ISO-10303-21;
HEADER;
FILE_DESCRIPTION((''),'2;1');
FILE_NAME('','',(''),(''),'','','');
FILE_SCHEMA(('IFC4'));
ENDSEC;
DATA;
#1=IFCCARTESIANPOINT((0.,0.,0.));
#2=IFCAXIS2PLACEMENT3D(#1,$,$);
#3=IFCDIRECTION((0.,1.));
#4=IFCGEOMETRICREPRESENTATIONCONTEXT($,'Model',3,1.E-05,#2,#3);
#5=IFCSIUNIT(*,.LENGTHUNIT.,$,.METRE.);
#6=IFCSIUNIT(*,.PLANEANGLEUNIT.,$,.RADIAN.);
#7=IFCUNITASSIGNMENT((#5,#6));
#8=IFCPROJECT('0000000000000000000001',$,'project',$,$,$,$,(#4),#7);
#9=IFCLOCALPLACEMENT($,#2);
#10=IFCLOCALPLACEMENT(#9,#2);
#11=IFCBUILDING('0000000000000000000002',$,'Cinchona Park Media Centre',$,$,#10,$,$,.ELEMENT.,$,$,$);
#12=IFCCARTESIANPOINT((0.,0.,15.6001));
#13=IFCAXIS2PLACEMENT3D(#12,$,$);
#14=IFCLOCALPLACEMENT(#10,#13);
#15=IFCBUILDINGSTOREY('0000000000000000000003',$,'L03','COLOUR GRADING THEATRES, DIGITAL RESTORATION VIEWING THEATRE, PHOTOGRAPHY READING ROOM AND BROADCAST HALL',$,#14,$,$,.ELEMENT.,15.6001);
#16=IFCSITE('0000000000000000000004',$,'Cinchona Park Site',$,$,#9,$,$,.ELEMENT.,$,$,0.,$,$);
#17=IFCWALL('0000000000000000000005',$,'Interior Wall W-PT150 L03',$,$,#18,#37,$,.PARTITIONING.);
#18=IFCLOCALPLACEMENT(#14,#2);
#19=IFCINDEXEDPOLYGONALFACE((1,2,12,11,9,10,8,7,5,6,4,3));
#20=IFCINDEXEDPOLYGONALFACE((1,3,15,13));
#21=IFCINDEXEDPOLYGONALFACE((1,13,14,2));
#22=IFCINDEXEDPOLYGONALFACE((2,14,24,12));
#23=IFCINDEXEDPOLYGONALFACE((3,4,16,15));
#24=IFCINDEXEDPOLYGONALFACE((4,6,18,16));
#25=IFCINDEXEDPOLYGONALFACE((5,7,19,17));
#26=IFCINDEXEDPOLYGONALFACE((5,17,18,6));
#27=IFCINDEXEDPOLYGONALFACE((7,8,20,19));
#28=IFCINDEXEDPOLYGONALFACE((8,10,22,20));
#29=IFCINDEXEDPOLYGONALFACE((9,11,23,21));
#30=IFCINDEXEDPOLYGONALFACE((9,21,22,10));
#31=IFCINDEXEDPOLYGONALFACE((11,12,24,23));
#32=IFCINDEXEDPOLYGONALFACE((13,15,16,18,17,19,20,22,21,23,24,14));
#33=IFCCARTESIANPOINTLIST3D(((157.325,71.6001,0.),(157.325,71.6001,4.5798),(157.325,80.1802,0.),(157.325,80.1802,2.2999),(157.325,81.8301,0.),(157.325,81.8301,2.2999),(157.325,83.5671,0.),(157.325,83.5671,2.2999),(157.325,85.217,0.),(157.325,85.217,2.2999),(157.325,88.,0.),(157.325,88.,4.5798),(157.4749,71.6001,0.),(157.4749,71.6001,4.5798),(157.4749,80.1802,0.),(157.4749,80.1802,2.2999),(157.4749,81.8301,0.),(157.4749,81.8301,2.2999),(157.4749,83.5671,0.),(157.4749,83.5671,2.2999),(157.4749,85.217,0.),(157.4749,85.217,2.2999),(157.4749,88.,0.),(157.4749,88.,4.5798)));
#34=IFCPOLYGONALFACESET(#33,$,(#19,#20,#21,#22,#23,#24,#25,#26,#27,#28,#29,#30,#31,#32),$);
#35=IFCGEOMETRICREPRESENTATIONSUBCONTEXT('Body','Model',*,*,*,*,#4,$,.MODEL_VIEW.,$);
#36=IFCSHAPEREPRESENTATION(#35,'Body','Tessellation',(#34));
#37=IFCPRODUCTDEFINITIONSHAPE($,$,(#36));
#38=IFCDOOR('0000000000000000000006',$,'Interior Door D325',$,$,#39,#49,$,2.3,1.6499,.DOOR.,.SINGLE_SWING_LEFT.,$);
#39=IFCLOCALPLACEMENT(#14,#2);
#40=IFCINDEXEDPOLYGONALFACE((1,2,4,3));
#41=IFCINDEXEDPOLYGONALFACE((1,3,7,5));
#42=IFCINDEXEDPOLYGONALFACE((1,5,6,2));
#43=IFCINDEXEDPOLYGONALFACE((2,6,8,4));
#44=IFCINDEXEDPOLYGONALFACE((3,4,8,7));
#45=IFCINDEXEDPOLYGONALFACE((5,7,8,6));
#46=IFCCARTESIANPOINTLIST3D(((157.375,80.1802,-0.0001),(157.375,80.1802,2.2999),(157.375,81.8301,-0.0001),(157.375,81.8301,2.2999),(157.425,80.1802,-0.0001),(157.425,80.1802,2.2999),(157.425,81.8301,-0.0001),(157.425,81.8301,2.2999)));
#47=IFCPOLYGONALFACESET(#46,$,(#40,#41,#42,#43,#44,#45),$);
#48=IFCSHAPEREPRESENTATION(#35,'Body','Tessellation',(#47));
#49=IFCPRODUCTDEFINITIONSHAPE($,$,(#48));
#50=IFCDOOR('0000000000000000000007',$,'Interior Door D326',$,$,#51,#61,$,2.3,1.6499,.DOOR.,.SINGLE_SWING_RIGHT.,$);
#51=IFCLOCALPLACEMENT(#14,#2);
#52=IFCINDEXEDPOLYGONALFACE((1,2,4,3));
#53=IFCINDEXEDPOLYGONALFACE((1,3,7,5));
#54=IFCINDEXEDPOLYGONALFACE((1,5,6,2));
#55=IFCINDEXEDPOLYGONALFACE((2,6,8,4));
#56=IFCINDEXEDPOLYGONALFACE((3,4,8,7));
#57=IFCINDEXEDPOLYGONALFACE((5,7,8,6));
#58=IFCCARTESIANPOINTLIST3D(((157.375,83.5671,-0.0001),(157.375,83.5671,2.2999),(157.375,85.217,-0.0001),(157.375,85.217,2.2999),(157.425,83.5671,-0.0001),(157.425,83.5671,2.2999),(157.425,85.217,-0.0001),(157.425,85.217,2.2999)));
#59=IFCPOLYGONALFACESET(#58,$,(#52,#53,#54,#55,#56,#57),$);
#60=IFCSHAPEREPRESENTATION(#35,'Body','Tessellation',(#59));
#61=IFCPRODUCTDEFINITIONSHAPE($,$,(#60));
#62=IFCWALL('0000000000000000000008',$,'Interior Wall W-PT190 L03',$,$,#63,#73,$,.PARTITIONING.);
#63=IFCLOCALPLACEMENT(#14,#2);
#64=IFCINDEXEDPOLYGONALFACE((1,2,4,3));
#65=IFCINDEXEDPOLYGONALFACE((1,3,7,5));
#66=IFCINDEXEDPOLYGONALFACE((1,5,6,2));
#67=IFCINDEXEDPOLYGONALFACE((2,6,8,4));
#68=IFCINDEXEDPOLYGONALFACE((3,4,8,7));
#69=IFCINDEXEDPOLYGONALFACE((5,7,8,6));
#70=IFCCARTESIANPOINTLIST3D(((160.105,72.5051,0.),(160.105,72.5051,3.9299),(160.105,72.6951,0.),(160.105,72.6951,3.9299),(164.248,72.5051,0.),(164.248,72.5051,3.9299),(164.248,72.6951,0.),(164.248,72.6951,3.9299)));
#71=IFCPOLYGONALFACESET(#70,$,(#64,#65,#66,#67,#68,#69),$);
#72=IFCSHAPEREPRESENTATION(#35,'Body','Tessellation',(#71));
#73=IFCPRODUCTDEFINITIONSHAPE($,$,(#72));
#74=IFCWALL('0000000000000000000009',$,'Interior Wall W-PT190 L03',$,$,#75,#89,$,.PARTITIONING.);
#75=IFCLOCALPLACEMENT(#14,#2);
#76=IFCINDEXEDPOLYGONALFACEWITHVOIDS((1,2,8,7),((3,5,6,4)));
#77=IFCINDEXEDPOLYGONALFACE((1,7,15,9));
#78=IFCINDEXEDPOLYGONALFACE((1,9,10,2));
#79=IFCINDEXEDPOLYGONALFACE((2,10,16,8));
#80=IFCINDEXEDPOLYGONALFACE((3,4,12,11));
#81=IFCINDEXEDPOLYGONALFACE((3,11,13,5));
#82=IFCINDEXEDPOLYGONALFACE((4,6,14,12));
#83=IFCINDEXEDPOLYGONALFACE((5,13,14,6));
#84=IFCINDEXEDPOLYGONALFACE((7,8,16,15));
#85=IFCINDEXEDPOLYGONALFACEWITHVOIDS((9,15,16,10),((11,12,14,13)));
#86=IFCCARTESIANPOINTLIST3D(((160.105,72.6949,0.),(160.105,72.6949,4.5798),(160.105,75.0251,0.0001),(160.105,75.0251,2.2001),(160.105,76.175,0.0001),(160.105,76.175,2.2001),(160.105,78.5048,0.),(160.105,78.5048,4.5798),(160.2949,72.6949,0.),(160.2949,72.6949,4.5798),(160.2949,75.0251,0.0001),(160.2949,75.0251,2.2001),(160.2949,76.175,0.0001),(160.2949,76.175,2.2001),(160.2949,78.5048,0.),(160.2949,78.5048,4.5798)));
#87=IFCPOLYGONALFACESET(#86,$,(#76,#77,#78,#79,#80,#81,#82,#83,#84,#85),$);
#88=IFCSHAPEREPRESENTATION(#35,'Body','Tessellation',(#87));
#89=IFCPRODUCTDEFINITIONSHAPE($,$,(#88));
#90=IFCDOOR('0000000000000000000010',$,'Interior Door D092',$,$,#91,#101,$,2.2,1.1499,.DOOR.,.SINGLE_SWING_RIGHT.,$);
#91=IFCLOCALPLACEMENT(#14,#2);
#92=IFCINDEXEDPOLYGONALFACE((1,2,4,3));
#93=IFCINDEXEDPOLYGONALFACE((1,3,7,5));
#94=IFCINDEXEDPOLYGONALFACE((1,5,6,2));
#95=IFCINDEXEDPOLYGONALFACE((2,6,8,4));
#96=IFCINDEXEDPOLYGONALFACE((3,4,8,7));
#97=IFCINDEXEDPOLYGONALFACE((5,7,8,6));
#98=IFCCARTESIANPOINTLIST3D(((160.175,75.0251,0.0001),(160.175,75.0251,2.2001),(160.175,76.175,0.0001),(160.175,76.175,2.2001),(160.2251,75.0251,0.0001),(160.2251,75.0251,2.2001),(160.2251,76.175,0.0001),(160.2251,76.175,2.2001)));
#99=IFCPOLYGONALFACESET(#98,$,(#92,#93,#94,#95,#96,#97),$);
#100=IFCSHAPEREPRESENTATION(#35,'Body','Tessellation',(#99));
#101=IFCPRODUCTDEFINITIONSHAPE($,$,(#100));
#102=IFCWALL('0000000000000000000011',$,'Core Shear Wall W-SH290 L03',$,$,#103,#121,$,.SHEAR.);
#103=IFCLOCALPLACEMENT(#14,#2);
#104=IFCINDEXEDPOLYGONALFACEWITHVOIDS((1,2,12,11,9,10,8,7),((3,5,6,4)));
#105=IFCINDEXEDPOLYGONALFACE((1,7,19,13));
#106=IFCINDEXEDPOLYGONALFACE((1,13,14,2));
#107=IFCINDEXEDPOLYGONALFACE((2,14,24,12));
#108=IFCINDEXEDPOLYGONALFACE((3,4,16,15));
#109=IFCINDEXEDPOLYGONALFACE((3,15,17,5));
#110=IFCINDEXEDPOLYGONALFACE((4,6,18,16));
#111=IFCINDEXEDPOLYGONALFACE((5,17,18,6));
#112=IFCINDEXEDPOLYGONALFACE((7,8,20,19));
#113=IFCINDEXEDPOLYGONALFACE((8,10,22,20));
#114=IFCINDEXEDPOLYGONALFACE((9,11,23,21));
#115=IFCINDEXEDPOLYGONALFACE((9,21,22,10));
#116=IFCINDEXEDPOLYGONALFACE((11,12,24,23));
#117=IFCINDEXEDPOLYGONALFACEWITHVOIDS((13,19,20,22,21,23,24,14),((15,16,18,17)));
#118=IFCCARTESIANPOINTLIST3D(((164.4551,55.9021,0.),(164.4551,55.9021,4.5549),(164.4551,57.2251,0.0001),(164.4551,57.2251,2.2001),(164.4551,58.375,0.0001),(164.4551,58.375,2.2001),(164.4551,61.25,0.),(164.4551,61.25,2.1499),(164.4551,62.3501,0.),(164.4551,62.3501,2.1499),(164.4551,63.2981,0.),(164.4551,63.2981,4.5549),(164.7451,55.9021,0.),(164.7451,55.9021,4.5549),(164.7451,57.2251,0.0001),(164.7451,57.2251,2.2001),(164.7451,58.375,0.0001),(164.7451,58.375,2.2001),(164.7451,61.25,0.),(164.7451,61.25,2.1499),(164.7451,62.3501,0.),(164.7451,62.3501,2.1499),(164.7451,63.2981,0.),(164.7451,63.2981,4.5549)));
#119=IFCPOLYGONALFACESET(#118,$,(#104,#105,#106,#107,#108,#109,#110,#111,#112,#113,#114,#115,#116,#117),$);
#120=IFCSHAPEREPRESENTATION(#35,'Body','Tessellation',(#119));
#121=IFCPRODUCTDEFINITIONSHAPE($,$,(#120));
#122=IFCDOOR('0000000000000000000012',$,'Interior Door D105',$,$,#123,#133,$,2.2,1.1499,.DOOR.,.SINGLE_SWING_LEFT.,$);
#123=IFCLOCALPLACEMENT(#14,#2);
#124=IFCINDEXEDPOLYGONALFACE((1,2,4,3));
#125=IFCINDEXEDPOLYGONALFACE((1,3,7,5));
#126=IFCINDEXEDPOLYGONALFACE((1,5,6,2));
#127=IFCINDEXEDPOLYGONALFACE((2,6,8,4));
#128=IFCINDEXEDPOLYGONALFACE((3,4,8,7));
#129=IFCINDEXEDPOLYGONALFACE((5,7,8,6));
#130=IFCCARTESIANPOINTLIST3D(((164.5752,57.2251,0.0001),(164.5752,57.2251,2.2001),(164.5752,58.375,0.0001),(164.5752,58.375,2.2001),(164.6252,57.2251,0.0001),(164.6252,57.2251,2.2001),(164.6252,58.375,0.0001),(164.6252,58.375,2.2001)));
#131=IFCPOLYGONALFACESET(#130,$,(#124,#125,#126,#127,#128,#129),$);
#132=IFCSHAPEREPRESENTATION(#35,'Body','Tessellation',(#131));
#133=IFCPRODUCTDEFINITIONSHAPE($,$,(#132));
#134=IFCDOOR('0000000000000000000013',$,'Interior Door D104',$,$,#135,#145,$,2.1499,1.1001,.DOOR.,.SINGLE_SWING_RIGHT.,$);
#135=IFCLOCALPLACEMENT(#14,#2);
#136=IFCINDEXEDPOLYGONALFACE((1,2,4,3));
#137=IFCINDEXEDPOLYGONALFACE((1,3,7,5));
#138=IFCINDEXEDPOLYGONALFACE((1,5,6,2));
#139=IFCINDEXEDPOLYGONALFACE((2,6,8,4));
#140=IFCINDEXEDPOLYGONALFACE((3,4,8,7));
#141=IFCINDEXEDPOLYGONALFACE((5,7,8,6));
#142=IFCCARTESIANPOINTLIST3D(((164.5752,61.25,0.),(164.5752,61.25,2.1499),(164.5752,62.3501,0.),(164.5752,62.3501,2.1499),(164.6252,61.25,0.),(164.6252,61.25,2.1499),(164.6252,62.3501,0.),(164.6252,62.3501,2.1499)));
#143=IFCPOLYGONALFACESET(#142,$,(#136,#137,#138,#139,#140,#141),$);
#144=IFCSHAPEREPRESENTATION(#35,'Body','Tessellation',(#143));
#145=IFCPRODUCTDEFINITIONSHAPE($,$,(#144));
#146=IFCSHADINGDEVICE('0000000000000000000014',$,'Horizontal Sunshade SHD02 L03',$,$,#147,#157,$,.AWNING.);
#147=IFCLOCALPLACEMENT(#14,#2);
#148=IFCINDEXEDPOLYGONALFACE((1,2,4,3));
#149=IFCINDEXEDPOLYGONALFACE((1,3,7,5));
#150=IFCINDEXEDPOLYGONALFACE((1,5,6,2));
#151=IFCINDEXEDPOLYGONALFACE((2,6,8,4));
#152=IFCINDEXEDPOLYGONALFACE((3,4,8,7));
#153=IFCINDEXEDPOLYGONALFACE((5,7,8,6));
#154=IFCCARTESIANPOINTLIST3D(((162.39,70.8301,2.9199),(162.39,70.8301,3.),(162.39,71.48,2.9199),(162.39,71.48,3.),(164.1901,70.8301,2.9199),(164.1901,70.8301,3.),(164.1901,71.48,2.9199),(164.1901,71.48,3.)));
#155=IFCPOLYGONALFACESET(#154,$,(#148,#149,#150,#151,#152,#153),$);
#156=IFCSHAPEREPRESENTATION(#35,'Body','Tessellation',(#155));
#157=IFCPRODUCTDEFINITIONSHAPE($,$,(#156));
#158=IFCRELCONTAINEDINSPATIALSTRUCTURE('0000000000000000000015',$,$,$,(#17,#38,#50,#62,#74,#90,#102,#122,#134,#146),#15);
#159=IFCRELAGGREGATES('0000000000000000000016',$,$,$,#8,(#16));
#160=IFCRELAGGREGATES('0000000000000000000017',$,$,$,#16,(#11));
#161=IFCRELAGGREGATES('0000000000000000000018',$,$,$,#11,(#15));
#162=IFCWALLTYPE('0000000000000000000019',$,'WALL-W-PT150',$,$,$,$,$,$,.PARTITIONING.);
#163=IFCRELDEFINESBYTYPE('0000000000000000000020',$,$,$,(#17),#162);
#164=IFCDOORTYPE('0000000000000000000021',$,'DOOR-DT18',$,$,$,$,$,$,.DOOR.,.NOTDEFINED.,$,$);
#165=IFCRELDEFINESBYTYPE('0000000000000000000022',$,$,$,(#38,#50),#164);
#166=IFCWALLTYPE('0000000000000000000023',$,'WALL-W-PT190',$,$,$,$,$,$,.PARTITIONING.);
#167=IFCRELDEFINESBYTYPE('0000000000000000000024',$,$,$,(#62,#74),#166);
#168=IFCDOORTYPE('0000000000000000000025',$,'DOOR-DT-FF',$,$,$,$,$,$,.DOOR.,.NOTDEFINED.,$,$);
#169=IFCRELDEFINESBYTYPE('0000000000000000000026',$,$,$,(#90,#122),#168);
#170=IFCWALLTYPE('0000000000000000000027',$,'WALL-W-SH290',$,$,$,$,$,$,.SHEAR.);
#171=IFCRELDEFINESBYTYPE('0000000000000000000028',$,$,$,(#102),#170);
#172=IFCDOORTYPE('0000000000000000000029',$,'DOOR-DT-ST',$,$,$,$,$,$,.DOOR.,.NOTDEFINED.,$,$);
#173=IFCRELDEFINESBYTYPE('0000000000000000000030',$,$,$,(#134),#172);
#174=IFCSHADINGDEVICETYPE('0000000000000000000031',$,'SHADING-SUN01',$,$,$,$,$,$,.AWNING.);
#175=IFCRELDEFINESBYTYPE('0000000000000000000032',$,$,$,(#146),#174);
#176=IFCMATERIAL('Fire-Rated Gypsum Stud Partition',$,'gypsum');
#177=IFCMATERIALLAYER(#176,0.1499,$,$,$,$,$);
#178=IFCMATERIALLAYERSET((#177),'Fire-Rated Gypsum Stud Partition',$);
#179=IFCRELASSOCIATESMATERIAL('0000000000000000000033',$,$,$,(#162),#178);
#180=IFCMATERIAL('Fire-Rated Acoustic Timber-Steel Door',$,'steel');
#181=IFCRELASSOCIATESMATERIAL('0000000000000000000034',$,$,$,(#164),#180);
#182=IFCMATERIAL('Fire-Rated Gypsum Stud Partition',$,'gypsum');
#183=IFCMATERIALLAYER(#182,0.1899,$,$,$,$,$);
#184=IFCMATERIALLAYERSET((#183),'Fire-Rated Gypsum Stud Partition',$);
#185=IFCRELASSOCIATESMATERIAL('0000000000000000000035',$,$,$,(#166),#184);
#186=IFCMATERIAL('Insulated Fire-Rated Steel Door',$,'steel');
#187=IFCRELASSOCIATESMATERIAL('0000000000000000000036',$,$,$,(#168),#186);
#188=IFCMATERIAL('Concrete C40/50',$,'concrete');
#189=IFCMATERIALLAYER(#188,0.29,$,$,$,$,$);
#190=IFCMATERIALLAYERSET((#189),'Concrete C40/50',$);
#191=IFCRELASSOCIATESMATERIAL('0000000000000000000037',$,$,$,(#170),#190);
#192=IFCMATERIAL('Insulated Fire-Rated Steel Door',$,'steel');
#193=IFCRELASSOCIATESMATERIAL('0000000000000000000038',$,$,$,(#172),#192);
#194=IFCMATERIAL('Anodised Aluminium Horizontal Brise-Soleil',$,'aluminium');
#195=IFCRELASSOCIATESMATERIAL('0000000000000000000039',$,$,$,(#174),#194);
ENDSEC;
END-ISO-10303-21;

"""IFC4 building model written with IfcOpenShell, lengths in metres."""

from ifc_helpers import new_model, si_unit, direction, frame, frame_2d, origin, origin_2d, place, context, subcontext, project, spatial, rectangle, extrude, material, layer, layer_set, type_object, element, fill, save


model = new_model("IFC4")

# Units and contexts
model_context = context("Model", 3, precision=1e-05, world=origin(), true_north=direction((0.0, 1.0)))
body_context = subcontext(model_context, "Body", "Model", "MODEL_VIEW")
ifc_project = project(units=[si_unit("LENGTHUNIT", "METRE"), si_unit("PLANEANGLEUNIT", "RADIAN")], contexts=[model_context])

# Site, building, storey
site_placement = place(None, origin())
site = spatial("IfcSite", under=ifc_project, at=site_placement, Name="Cinchona Park Site", CompositionType="ELEMENT", RefElevation=0.0)
building_placement = place(site_placement, origin())
building = spatial("IfcBuilding", under=site, at=building_placement, Name="Cinchona Park Media Centre", CompositionType="ELEMENT")
storey_placement = place(building_placement, frame((0.0, 0.0, 15.6001)))
storey = spatial("IfcBuildingStorey", under=building, at=storey_placement, Name="L03", Description="COLOUR GRADING THEATRES, DIGITAL RESTORATION VIEWING THEATRE, PHOTOGRAPHY READING ROOM AND BROADCAST HALL", CompositionType="ELEMENT", Elevation=15.6001)

# Wall, openings, doors
ifc_material_1 = material(Name="Fire-Rated Gypsum Stud Partition", Category="gypsum")
ifc_layer_1 = layer(ifc_material_1, 0.1499)
ifc_layer_set_1 = layer_set([ifc_layer_1], Name="Fire-Rated Gypsum Stud Partition")
wall_type_1 = type_object("IfcWallType", Name="WALL-W-PT150", PredefinedType="PARTITIONING", material=ifc_layer_set_1)
wall_1_placement = place(storey_placement, frame((157.3999, 71.6001, 0.0), z_axis=(0.0, 0.0, 1.0), x_axis=(0.0, 1.0, 0.0)))
wall_1 = element("IfcWall", 1, at=wall_1_placement, inside=storey, type_object=wall_type_1, Name="Interior Wall W-PT150 L03", PredefinedType="PARTITIONING", context=body_context, shape_type="SweptSolid", body=[
    extrude(rectangle(XDim=16.3999, YDim=0.1499, at=frame_2d((8.2, 0.0))), origin(), (0.0, 0.0, 1.0), 4.5798),
])
opening_1_placement = place(wall_1_placement, frame((8.5801, 0.0, 0.0)))
opening_1 = element("IfcOpeningElement", 2, at=opening_1_placement, cuts=wall_1, PredefinedType="OPENING", context=body_context, shape_type="SweptSolid", body=[
    extrude(rectangle(XDim=1.6499, YDim=2.3, at=frame_2d((0.825, 1.1499))), frame((0.0, 0.085, 0.0), z_axis=(0.0, -1.0, 0.0), x_axis=(1.0, 0.0, 0.0)), (0.0, 0.0, 1.0), 0.1699),
])
opening_2_placement = place(wall_1_placement, frame((11.967, 0.0, 0.0)))
opening_2 = element("IfcOpeningElement", 3, at=opening_2_placement, cuts=wall_1, PredefinedType="OPENING", context=body_context, shape_type="SweptSolid", body=[
    extrude(rectangle(XDim=1.6499, YDim=2.3, at=frame_2d((0.825, 1.1499))), frame((0.0, 0.085, 0.0), z_axis=(0.0, -1.0, 0.0), x_axis=(1.0, 0.0, 0.0)), (0.0, 0.0, 1.0), 0.1699),
])
ifc_material_2 = material(Name="Fire-Rated Acoustic Timber-Steel Door", Category="steel")
door_type_1 = type_object("IfcDoorType", Name="DOOR-DT18", OperationType="NOTDEFINED", PredefinedType="DOOR", material=ifc_material_2)
door_1_placement = place(opening_1_placement, origin())
door_1 = element("IfcDoor", 4, at=door_1_placement, inside=storey, type_object=door_type_1, Name="Interior Door D325", OperationType="SINGLE_SWING_LEFT", OverallHeight=2.3, OverallWidth=1.6499, PredefinedType="DOOR", context=body_context, shape_type="SweptSolid", body=[
    extrude(rectangle(XDim=1.6499, YDim=2.3, at=frame_2d((0.825, 1.1499))), frame((0.0, 0.0249, 0.0), z_axis=(0.0, -1.0, 0.0), x_axis=(1.0, 0.0, 0.0)), (0.0, 0.0, 1.0), 0.05),
])
fill(opening_1, door_1)
door_2_placement = place(opening_2_placement, origin())
door_2 = element("IfcDoor", 5, at=door_2_placement, inside=storey, type_object=door_type_1, Name="Interior Door D326", OperationType="SINGLE_SWING_RIGHT", OverallHeight=2.3, OverallWidth=1.6499, PredefinedType="DOOR", context=body_context, shape_type="SweptSolid", body=[
    extrude(rectangle(XDim=1.6499, YDim=2.3, at=frame_2d((0.825, 1.1499))), frame((0.0, 0.0249, 0.0), z_axis=(0.0, -1.0, 0.0), x_axis=(1.0, 0.0, 0.0)), (0.0, 0.0, 1.0), 0.05),
])
fill(opening_2, door_2)

# Wall
ifc_material_3 = material(Name="Fire-Rated Gypsum Stud Partition", Category="gypsum")
ifc_layer_2 = layer(ifc_material_3, 0.1899)
ifc_layer_set_2 = layer_set([ifc_layer_2], Name="Fire-Rated Gypsum Stud Partition")
wall_type_2 = type_object("IfcWallType", Name="WALL-W-PT190", PredefinedType="PARTITIONING", material=ifc_layer_set_2)
wall_2_placement = place(storey_placement, frame((160.105, 72.6001, 0.0), z_axis=(0.0, 0.0, 1.0), x_axis=(1.0, 0.0, 0.0)))
element("IfcWall", 6, at=wall_2_placement, inside=storey, type_object=wall_type_2, Name="Interior Wall W-PT190 L03", PredefinedType="PARTITIONING", context=body_context, shape_type="SweptSolid", body=[
    extrude(rectangle(XDim=4.1431, YDim=0.1899, at=frame_2d((2.0715, 0.0))), origin(), (0.0, 0.0, 1.0), 3.9299),
])

# Wall, opening, door
wall_3_placement = place(storey_placement, frame((160.2, 72.6951, 0.0), z_axis=(0.0, 0.0, 1.0), x_axis=(0.0, 1.0, 0.0)))
wall_3 = element("IfcWall", 7, at=wall_3_placement, inside=storey, type_object=wall_type_2, Name="Interior Wall W-PT190 L03", PredefinedType="PARTITIONING", context=body_context, shape_type="SweptSolid", body=[
    extrude(rectangle(XDim=5.8098, YDim=0.1899, at=frame_2d((2.9048, 0.0))), origin(), (0.0, 0.0, 1.0), 4.5798),
])
opening_3_placement = place(wall_3_placement, frame((2.3301, 0.0, 0.0)))
opening_3 = element("IfcOpeningElement", 8, at=opening_3_placement, cuts=wall_3, PredefinedType="OPENING", context=body_context, shape_type="SweptSolid", body=[
    extrude(rectangle(XDim=1.1499, YDim=2.2, at=frame_2d((0.575, 1.1001))), frame((0.0, 0.105, 0.0), z_axis=(0.0, -1.0, 0.0), x_axis=(1.0, 0.0, 0.0)), (0.0, 0.0, 1.0), 0.21),
])
ifc_material_4 = material(Name="Insulated Fire-Rated Steel Door", Category="steel")
door_type_2 = type_object("IfcDoorType", Name="DOOR-DT-FF", OperationType="NOTDEFINED", PredefinedType="DOOR", material=ifc_material_4)
door_3_placement = place(opening_3_placement, origin())
door_3 = element("IfcDoor", 9, at=door_3_placement, inside=storey, type_object=door_type_2, Name="Interior Door D092", OperationType="SINGLE_SWING_RIGHT", OverallHeight=2.2, OverallWidth=1.1499, PredefinedType="DOOR", context=body_context, shape_type="SweptSolid", body=[
    extrude(rectangle(XDim=1.1499, YDim=2.2, at=frame_2d((0.575, 1.1001))), frame((0.0, 0.0249, 0.0), z_axis=(0.0, -1.0, 0.0), x_axis=(1.0, 0.0, 0.0)), (0.0, 0.0, 1.0), 0.05),
])
fill(opening_3, door_3)

# Wall, openings, doors
ifc_material_5 = material(Name="Concrete C40/50", Category="concrete")
ifc_layer_3 = layer(ifc_material_5, 0.29)
ifc_layer_set_3 = layer_set([ifc_layer_3], Name="Concrete C40/50")
wall_type_3 = type_object("IfcWallType", Name="WALL-W-SH290", PredefinedType="SHEAR", material=ifc_layer_set_3)
wall_4_placement = place(storey_placement, frame((164.6001, 55.9021, 0.0), z_axis=(0.0, 0.0, 1.0), x_axis=(0.0, 1.0, 0.0)))
wall_4 = element("IfcWall", 10, at=wall_4_placement, inside=storey, type_object=wall_type_3, Name="Core Shear Wall W-SH290 L03", PredefinedType="SHEAR", context=body_context, shape_type="SweptSolid", body=[
    extrude(rectangle(XDim=7.396, YDim=0.29, at=frame_2d((3.698, 0.0))), origin(), (0.0, 0.0, 1.0), 4.5549),
])
opening_4_placement = place(wall_4_placement, frame((5.3479, 0.0, 0.0)))
opening_4 = element("IfcOpeningElement", 11, at=opening_4_placement, cuts=wall_4, PredefinedType="OPENING", context=body_context, shape_type="SweptSolid", body=[
    extrude(rectangle(XDim=1.1001, YDim=2.1499, at=frame_2d((0.55, 1.075))), frame((0.0, 0.155, 0.0), z_axis=(0.0, -1.0, 0.0), x_axis=(1.0, 0.0, 0.0)), (0.0, 0.0, 1.0), 0.3101),
])
opening_5_placement = place(wall_4_placement, frame((1.323, 0.0, 0.0)))
opening_5 = element("IfcOpeningElement", 12, at=opening_5_placement, cuts=wall_4, PredefinedType="OPENING", context=body_context, shape_type="SweptSolid", body=[
    extrude(rectangle(XDim=1.1499, YDim=2.2, at=frame_2d((0.575, 1.1001))), frame((0.0, 0.155, 0.0), z_axis=(0.0, -1.0, 0.0), x_axis=(1.0, 0.0, 0.0)), (0.0, 0.0, 1.0), 0.3101),
])
door_4_placement = place(opening_5_placement, origin())
door_4 = element("IfcDoor", 13, at=door_4_placement, inside=storey, type_object=door_type_2, Name="Interior Door D105", OperationType="SINGLE_SWING_LEFT", OverallHeight=2.2, OverallWidth=1.1499, PredefinedType="DOOR", context=body_context, shape_type="SweptSolid", body=[
    extrude(rectangle(XDim=1.1499, YDim=2.2, at=frame_2d((0.575, 1.1001))), frame((0.0, 0.0249, 0.0), z_axis=(0.0, -1.0, 0.0), x_axis=(1.0, 0.0, 0.0)), (0.0, 0.0, 1.0), 0.05),
])
fill(opening_5, door_4)
ifc_material_6 = material(Name="Insulated Fire-Rated Steel Door", Category="steel")
door_type_3 = type_object("IfcDoorType", Name="DOOR-DT-ST", OperationType="NOTDEFINED", PredefinedType="DOOR", material=ifc_material_6)
door_5_placement = place(opening_4_placement, origin())
door_5 = element("IfcDoor", 14, at=door_5_placement, inside=storey, type_object=door_type_3, Name="Interior Door D104", OperationType="SINGLE_SWING_RIGHT", OverallHeight=2.1499, OverallWidth=1.1001, PredefinedType="DOOR", context=body_context, shape_type="SweptSolid", body=[
    extrude(rectangle(XDim=1.1001, YDim=2.1499, at=frame_2d((0.55, 1.075))), frame((0.0, 0.0249, 0.0), z_axis=(0.0, -1.0, 0.0), x_axis=(1.0, 0.0, 0.0)), (0.0, 0.0, 1.0), 0.05),
])
fill(opening_4, door_5)

# Shading device
ifc_material_7 = material(Name="Anodised Aluminium Horizontal Brise-Soleil", Category="aluminium")
shading_device_type = type_object("IfcShadingDeviceType", Name="SHADING-SUN01", PredefinedType="AWNING", material=ifc_material_7)
shading_device_1_placement = place(storey_placement, frame((163.29, 71.155, 2.9199), z_axis=(0.0, 0.0, 1.0), x_axis=(-1.0, 0.0, 0.0)))
element("IfcShadingDevice", 15, at=shading_device_1_placement, inside=storey, type_object=shading_device_type, Name="Horizontal Sunshade SHD02 L03", PredefinedType="AWNING", context=body_context, shape_type="SweptSolid", body=[
    extrude(rectangle(XDim=1.8, YDim=0.6499, at=origin_2d()), origin(), (0.0, 0.0, 1.0), 0.0801),
])

save(model, "model.ifc")
